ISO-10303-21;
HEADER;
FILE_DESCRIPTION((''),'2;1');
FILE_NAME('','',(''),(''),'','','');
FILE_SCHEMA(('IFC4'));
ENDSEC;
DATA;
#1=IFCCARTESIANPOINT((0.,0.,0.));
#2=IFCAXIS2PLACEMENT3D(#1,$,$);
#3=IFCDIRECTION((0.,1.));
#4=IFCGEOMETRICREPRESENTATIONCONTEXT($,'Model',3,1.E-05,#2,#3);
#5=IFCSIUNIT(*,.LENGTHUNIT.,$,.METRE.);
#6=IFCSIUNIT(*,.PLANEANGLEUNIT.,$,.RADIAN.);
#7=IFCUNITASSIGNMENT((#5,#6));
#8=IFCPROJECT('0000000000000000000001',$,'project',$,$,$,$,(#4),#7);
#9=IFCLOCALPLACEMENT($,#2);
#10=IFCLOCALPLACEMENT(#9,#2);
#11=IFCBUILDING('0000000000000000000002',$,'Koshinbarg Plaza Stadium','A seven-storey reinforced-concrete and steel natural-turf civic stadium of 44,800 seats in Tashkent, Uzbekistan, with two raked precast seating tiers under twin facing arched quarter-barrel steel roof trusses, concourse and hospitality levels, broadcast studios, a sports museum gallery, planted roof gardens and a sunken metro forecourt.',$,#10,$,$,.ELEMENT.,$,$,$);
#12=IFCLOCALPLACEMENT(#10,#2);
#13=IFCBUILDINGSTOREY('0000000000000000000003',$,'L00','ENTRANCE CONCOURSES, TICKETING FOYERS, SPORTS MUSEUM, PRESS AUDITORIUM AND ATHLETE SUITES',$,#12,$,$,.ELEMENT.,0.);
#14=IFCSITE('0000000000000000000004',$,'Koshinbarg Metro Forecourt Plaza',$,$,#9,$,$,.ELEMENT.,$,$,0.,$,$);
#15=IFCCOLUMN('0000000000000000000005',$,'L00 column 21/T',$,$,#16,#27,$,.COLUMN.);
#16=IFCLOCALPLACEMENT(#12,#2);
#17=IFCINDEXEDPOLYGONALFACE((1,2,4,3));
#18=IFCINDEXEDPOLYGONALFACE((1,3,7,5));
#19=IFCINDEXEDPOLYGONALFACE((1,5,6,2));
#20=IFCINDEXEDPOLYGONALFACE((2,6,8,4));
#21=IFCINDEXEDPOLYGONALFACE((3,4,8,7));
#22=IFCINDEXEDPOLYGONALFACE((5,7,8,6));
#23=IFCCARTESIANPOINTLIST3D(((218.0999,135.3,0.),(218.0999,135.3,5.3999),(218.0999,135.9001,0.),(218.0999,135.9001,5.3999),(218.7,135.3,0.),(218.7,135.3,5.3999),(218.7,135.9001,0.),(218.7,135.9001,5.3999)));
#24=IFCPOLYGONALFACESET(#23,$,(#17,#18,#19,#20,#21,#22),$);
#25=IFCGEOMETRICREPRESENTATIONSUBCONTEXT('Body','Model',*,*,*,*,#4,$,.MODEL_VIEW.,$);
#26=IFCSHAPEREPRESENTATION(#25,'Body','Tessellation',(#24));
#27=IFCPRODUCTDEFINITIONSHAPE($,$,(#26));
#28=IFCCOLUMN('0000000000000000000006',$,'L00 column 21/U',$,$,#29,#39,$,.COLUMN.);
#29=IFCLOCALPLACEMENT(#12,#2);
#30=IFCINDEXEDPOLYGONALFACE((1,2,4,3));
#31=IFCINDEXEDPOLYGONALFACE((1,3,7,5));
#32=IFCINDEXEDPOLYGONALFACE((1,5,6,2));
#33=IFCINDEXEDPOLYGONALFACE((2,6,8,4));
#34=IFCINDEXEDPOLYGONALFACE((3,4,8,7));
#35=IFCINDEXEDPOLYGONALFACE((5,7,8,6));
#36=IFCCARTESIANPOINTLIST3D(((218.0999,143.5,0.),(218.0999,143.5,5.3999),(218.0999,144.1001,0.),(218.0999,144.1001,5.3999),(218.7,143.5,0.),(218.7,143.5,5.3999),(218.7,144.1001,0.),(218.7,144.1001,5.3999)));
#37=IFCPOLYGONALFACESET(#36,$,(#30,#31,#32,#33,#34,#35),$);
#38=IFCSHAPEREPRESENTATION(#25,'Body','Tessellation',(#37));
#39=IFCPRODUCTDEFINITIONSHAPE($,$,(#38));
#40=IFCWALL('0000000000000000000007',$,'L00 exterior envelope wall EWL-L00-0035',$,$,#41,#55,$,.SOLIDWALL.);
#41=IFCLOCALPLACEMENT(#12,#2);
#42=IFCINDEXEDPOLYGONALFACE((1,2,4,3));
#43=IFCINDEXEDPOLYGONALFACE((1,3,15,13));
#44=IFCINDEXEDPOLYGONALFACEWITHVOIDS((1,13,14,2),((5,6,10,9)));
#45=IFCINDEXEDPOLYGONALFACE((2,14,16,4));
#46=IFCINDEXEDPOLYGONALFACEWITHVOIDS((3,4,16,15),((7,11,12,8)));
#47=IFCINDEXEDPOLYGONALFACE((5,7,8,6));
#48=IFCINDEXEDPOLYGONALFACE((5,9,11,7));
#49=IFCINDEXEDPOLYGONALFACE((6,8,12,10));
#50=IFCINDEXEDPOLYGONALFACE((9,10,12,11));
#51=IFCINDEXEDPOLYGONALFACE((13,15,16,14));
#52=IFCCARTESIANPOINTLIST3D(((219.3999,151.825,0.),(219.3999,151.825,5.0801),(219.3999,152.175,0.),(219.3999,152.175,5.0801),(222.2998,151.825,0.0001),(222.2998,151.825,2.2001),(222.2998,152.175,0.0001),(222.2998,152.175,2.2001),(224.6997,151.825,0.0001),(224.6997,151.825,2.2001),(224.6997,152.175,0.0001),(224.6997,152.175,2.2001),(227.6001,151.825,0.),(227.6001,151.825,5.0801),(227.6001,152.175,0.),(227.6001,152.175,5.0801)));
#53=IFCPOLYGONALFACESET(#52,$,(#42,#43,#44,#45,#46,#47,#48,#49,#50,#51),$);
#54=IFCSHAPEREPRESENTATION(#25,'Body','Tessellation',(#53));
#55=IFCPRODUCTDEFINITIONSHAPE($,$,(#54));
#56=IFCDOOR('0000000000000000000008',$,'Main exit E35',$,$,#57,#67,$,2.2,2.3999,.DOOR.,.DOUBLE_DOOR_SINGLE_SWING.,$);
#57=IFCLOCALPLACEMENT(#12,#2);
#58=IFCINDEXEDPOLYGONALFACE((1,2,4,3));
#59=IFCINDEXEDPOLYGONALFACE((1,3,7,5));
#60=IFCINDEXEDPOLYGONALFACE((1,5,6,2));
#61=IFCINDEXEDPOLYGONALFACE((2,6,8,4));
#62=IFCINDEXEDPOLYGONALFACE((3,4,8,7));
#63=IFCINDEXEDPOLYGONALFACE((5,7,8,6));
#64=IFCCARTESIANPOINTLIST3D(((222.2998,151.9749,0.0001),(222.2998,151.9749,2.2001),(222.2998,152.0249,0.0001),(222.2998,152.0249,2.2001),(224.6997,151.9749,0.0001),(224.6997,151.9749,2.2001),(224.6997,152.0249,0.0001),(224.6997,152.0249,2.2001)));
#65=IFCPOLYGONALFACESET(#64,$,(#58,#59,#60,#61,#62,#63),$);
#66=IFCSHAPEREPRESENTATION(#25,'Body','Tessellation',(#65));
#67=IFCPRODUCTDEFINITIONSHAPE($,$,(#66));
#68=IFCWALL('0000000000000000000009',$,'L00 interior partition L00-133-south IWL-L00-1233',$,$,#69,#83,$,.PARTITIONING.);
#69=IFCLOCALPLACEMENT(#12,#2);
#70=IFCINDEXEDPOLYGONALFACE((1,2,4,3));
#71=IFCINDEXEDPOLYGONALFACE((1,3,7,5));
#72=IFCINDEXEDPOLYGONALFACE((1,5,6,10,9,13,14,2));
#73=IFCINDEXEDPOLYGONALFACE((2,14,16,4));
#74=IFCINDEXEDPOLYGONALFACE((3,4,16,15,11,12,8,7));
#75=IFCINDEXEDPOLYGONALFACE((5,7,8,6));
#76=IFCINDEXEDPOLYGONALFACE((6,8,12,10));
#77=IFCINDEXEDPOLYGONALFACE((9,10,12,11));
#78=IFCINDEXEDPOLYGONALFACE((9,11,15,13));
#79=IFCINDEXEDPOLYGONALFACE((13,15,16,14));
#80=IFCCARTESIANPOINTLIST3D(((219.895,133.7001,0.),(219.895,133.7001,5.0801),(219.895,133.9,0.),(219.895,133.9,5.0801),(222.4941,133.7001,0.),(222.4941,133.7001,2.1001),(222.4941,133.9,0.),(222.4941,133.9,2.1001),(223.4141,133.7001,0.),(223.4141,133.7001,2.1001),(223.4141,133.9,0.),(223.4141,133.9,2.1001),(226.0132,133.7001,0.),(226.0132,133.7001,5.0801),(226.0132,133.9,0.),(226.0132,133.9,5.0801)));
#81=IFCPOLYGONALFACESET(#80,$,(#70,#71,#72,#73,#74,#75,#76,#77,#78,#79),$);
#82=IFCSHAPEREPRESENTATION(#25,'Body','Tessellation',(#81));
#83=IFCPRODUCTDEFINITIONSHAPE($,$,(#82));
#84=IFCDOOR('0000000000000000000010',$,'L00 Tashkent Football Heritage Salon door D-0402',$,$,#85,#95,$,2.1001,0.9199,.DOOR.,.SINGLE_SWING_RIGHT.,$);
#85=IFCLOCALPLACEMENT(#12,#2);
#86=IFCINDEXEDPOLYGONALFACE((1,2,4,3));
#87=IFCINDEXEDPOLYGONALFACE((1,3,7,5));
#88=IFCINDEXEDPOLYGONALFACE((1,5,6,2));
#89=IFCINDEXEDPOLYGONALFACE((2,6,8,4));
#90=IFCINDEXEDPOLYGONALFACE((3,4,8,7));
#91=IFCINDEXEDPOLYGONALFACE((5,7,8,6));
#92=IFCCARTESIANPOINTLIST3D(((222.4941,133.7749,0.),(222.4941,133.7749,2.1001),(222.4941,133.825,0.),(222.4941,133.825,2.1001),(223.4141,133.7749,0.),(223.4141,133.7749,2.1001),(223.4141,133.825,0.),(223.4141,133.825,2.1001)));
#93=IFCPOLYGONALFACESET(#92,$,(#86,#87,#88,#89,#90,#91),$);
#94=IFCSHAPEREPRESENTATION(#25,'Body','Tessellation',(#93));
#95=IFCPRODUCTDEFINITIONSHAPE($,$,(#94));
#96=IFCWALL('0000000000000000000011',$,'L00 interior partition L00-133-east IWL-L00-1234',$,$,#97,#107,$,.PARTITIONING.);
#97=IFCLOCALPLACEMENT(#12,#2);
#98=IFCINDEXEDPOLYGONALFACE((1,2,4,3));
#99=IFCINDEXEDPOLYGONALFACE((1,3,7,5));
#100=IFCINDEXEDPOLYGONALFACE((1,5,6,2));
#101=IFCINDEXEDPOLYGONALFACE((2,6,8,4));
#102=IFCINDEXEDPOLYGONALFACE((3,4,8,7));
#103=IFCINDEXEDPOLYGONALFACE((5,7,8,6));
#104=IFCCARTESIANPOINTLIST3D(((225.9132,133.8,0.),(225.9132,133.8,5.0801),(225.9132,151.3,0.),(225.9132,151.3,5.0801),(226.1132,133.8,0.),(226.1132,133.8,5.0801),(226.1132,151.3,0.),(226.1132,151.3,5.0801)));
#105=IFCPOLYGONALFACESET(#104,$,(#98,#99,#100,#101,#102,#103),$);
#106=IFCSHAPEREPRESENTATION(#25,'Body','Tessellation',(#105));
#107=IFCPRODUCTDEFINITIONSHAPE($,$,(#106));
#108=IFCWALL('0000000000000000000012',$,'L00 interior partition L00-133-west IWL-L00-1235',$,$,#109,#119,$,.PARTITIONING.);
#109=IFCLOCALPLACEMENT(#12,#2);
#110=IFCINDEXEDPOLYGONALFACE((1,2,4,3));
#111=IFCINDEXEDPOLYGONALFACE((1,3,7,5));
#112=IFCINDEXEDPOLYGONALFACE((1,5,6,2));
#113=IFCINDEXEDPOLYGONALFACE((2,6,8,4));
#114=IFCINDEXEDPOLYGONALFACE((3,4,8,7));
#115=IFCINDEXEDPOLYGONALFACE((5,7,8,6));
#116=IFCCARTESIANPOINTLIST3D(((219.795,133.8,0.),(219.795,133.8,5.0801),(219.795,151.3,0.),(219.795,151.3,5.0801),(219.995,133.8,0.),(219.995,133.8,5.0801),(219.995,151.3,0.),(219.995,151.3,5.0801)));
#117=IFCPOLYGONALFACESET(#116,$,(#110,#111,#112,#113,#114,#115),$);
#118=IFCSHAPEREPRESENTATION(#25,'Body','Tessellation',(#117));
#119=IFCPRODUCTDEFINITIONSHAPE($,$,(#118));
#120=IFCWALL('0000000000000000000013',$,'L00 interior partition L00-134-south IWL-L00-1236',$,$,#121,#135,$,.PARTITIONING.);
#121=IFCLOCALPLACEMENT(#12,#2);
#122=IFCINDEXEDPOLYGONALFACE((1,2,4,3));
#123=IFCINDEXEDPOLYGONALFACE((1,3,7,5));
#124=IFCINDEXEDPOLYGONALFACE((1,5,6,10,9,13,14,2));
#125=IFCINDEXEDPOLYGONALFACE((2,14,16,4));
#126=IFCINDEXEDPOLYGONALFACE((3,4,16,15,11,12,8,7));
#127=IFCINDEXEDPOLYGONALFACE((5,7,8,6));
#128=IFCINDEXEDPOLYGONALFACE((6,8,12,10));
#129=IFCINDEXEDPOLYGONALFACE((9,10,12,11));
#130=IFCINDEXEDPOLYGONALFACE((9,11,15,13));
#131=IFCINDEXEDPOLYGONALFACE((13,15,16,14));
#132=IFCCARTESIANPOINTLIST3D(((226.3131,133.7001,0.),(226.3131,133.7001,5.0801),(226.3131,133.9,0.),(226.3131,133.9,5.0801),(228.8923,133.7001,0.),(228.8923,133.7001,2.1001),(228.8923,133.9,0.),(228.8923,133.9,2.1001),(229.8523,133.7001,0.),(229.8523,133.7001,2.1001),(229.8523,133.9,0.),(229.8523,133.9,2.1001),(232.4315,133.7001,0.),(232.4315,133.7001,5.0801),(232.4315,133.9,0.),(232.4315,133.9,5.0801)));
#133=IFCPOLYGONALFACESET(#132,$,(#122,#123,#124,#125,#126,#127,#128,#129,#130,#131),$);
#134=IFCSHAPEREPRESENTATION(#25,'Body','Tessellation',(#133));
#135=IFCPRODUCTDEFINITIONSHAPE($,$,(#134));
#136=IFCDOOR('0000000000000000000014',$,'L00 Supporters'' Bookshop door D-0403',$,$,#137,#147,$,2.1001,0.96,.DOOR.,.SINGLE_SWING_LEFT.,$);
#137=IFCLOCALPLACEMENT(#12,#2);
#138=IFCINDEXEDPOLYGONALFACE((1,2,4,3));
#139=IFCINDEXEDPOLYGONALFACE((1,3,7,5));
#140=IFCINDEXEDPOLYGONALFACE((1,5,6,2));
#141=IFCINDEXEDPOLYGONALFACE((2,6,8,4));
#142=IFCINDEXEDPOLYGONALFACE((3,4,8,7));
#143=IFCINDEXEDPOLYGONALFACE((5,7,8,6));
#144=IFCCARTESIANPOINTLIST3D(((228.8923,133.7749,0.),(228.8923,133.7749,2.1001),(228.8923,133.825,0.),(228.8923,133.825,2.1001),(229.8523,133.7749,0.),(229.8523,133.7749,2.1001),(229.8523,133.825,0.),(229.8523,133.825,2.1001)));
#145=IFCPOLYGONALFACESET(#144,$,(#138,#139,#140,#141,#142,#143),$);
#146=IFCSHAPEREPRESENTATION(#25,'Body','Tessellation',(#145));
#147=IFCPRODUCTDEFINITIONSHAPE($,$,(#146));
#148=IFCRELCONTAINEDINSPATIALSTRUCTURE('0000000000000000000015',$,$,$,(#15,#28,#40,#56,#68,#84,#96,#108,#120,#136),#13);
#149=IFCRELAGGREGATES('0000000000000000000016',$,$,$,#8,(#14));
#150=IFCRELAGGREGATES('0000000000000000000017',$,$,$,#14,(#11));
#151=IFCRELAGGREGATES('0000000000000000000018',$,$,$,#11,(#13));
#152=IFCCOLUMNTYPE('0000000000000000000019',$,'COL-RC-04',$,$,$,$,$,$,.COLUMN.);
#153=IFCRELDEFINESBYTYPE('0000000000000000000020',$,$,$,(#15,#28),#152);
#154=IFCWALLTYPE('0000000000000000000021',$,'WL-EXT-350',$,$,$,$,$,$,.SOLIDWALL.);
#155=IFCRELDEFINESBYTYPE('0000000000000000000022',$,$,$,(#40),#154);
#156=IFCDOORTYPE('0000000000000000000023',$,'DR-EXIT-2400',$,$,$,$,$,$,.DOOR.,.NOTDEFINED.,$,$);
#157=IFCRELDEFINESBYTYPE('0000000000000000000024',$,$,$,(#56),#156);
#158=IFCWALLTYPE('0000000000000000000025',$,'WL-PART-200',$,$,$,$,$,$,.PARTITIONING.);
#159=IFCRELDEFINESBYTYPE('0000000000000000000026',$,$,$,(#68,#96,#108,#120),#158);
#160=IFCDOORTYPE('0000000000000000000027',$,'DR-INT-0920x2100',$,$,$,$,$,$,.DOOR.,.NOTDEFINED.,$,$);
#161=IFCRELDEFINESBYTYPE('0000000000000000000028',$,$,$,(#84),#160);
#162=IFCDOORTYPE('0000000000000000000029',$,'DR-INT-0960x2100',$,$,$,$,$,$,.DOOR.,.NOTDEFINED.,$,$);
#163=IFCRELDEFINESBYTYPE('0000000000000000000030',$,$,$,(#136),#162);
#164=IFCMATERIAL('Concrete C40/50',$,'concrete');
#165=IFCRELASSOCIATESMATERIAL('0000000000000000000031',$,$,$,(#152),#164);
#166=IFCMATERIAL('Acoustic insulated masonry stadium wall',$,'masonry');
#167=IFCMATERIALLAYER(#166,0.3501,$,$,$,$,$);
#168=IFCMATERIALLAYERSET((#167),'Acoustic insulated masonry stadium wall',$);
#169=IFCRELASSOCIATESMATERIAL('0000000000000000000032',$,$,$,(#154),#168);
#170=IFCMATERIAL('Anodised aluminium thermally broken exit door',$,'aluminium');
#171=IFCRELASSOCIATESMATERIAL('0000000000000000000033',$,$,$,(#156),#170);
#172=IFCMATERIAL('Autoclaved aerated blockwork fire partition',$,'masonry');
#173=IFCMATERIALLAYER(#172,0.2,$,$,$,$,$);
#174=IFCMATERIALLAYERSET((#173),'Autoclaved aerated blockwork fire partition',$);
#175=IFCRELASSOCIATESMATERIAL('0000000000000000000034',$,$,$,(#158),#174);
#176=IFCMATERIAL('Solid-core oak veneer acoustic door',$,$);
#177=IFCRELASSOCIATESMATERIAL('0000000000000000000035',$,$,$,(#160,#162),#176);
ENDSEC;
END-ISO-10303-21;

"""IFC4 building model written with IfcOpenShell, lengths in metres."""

from ifc_helpers import new_model, si_unit, direction, frame, frame_2d, origin, origin_2d, place, context, subcontext, project, spatial, rectangle, extrude, material, layer, layer_set, material_profile, profile_set, type_object, element, fill, save


model = new_model("IFC4")

# Units and contexts
model_context = context("Model", 3, precision=1e-05, world=origin(), true_north=direction((0.0, 1.0)))
body_context = subcontext(model_context, "Body", "Model", "MODEL_VIEW")
ifc_project = project(units=[si_unit("LENGTHUNIT", "METRE"), si_unit("PLANEANGLEUNIT", "RADIAN")], contexts=[model_context])

# Site, building, storey
site_placement = place(None, origin())
site = spatial("IfcSite", under=ifc_project, at=site_placement, Name="Koshinbarg Metro Forecourt Plaza", CompositionType="ELEMENT", RefElevation=0.0)
building_placement = place(site_placement, origin())
building = spatial("IfcBuilding", under=site, at=building_placement, Name="Koshinbarg Plaza Stadium", Description="A seven-storey reinforced-concrete and steel natural-turf civic stadium of 44,800 seats in Tashkent, Uzbekistan, with two raked precast seating tiers under twin facing arched quarter-barrel steel roof trusses, concourse and hospitality levels, broadcast studios, a sports museum gallery, planted roof gardens and a sunken metro forecourt.", CompositionType="ELEMENT")
storey_placement = place(building_placement, origin())
storey = spatial("IfcBuildingStorey", under=building, at=storey_placement, Name="L00", Description="ENTRANCE CONCOURSES, TICKETING FOYERS, SPORTS MUSEUM, PRESS AUDITORIUM AND ATHLETE SUITES", CompositionType="ELEMENT", Elevation=0.0)

# Columns
ifc_material_1 = material(Name="Concrete C40/50", Category="concrete")
ifc_material_profile_1 = material_profile(ifc_material_1, rectangle(XDim=0.6001, YDim=0.6001, at=origin_2d()), Name="RC 600x600")
ifc_profile_set_1 = profile_set([ifc_material_profile_1], Name="Concrete C40/50")
column_type_1 = type_object("IfcColumnType", Name="COL-RC-04", PredefinedType="COLUMN", material=ifc_profile_set_1)
for number, where, z_axis, x_axis, name in (
    (1, (218.3999, 135.6001, 0.0), (0.0, 0.0, 1.0), (1.0, 0.0, 0.0), "L00 column 21/T"),
    (2, (218.3999, 143.8, 0.0), (0.0, 0.0, 1.0), (1.0, 0.0, 0.0), "L00 column 21/U"),
):
    element("IfcColumn", number, at=place(storey_placement, frame(where, z_axis=z_axis, x_axis=x_axis)), inside=storey, type_object=column_type_1, Name=name, PredefinedType="COLUMN", context=body_context, shape_type="SweptSolid", body=[
        extrude(rectangle(XDim=0.6001, YDim=0.6001, at=origin_2d()), origin(), (0.0, 0.0, 1.0), 5.3999),
    ])

# Walls, openings, doors
ifc_material_2 = material(Name="Acoustic insulated masonry stadium wall", Category="masonry")
ifc_layer_1 = layer(ifc_material_2, 0.3501)
ifc_layer_set_1 = layer_set([ifc_layer_1], Name="Acoustic insulated masonry stadium wall")
wall_type_1 = type_object("IfcWallType", Name="WL-EXT-350", PredefinedType="SOLIDWALL", material=ifc_layer_set_1)
wall_1_placement = place(storey_placement, frame((219.3999, 152.0, 0.0), z_axis=(0.0, 0.0, 1.0), x_axis=(1.0, 0.0, 0.0)))
wall_1 = element("IfcWall", 3, at=wall_1_placement, inside=storey, type_object=wall_type_1, Name="L00 exterior envelope wall EWL-L00-0035", PredefinedType="SOLIDWALL", context=body_context, shape_type="SweptSolid", body=[
    extrude(rectangle(XDim=8.2002, YDim=0.3501, at=frame_2d((4.1001, 0.0))), origin(), (0.0, 0.0, 1.0), 5.0801),
])
opening_1_placement = place(wall_1_placement, frame((2.8999, 0.0, 0.0)))
opening_1 = element("IfcOpeningElement", 4, at=opening_1_placement, cuts=wall_1, PredefinedType="OPENING", context=body_context, shape_type="SweptSolid", body=[
    extrude(rectangle(XDim=2.3999, YDim=2.2, at=frame_2d((1.2, 1.1001))), frame((0.0, 0.1851, 0.0), z_axis=(0.0, -1.0, 0.0), x_axis=(1.0, 0.0, 0.0)), (0.0, 0.0, 1.0), 0.3701),
])
ifc_material_3 = material(Name="Anodised aluminium thermally broken exit door", Category="aluminium")
door_type_1 = type_object("IfcDoorType", Name="DR-EXIT-2400", OperationType="NOTDEFINED", PredefinedType="DOOR", material=ifc_material_3)
door_1_placement = place(opening_1_placement, origin())
door_1 = element("IfcDoor", 5, at=door_1_placement, inside=storey, type_object=door_type_1, Name="Main exit E35", OperationType="DOUBLE_DOOR_SINGLE_SWING", OverallHeight=2.2, OverallWidth=2.3999, PredefinedType="DOOR", context=body_context, shape_type="SweptSolid", body=[
    extrude(rectangle(XDim=2.3999, YDim=2.2, at=frame_2d((1.2, 1.1001))), frame((0.0, 0.0249, 0.0), z_axis=(0.0, -1.0, 0.0), x_axis=(1.0, 0.0, 0.0)), (0.0, 0.0, 1.0), 0.05),
])
fill(opening_1, door_1)
ifc_material_4 = material(Name="Autoclaved aerated blockwork fire partition", Category="masonry")
ifc_layer_2 = layer(ifc_material_4, 0.2)
ifc_layer_set_2 = layer_set([ifc_layer_2], Name="Autoclaved aerated blockwork fire partition")
wall_type_2 = type_object("IfcWallType", Name="WL-PART-200", PredefinedType="PARTITIONING", material=ifc_layer_set_2)
wall_2_placement = place(storey_placement, frame((219.895, 133.8, 0.0), z_axis=(0.0, 0.0, 1.0), x_axis=(1.0, 0.0, 0.0)))
wall_2 = element("IfcWall", 6, at=wall_2_placement, inside=storey, type_object=wall_type_2, Name="L00 interior partition L00-133-south IWL-L00-1233", PredefinedType="PARTITIONING", context=body_context, shape_type="SweptSolid", body=[
    extrude(rectangle(XDim=6.1182, YDim=0.2, at=frame_2d((3.0591, 0.0))), origin(), (0.0, 0.0, 1.0), 5.0801),
])
opening_2_placement = place(wall_2_placement, frame((2.5991, 0.0, 0.0)))
opening_2 = element("IfcOpeningElement", 7, at=opening_2_placement, cuts=wall_2, PredefinedType="OPENING", context=body_context, shape_type="SweptSolid", body=[
    extrude(rectangle(XDim=0.9199, YDim=2.1001, at=frame_2d((0.46, 1.05))), frame((0.0, 0.1099, 0.0), z_axis=(0.0, -1.0, 0.0), x_axis=(1.0, 0.0, 0.0)), (0.0, 0.0, 1.0), 0.22),
])
ifc_material_5 = material(Name="Solid-core oak veneer acoustic door")
door_type_2 = type_object("IfcDoorType", Name="DR-INT-0920x2100", OperationType="NOTDEFINED", PredefinedType="DOOR", material=ifc_material_5)
door_2_placement = place(opening_2_placement, origin())
door_2 = element("IfcDoor", 8, at=door_2_placement, inside=storey, type_object=door_type_2, Name="L00 Tashkent Football Heritage Salon door D-0402", OperationType="SINGLE_SWING_RIGHT", OverallHeight=2.1001, OverallWidth=0.9199, PredefinedType="DOOR", context=body_context, shape_type="SweptSolid", body=[
    extrude(rectangle(XDim=0.9199, YDim=2.1001, at=frame_2d((0.46, 1.05))), frame((0.0, 0.0249, 0.0), z_axis=(0.0, -1.0, 0.0), x_axis=(1.0, 0.0, 0.0)), (0.0, 0.0, 1.0), 0.05),
])
fill(opening_2, door_2)

# Walls
for number, where, z_axis, x_axis, name in (
    (9, (226.0132, 133.8, 0.0), (0.0, 0.0, 1.0), (0.0, 1.0, 0.0), "L00 interior partition L00-133-east IWL-L00-1234"),
    (10, (219.895, 151.3, 0.0), (0.0, 0.0, 1.0), (0.0, -1.0, 0.0), "L00 interior partition L00-133-west IWL-L00-1235"),
):
    element("IfcWall", number, at=place(storey_placement, frame(where, z_axis=z_axis, x_axis=x_axis)), inside=storey, type_object=wall_type_2, Name=name, PredefinedType="PARTITIONING", context=body_context, shape_type="SweptSolid", body=[
        extrude(rectangle(XDim=17.5, YDim=0.2, at=frame_2d((8.75, 0.0))), origin(), (0.0, 0.0, 1.0), 5.0801),
    ])

# Wall, opening, door
wall_3_placement = place(storey_placement, frame((226.3132, 133.8, 0.0), z_axis=(0.0, 0.0, 1.0), x_axis=(1.0, 0.0, 0.0)))
wall_3 = element("IfcWall", 11, at=wall_3_placement, inside=storey, type_object=wall_type_2, Name="L00 interior partition L00-134-south IWL-L00-1236", PredefinedType="PARTITIONING", context=body_context, shape_type="SweptSolid", body=[
    extrude(rectangle(XDim=6.1184, YDim=0.2, at=frame_2d((3.0591, 0.0))), origin(), (0.0, 0.0, 1.0), 5.0801),
])
opening_3_placement = place(wall_3_placement, frame((2.5791, 0.0, 0.0)))
opening_3 = element("IfcOpeningElement", 12, at=opening_3_placement, cuts=wall_3, PredefinedType="OPENING", context=body_context, shape_type="SweptSolid", body=[
    extrude(rectangle(XDim=0.96, YDim=2.1001, at=frame_2d((0.48, 1.05))), frame((0.0, 0.1099, 0.0), z_axis=(0.0, -1.0, 0.0), x_axis=(1.0, 0.0, 0.0)), (0.0, 0.0, 1.0), 0.22),
])
door_type_3 = type_object("IfcDoorType", Name="DR-INT-0960x2100", OperationType="NOTDEFINED", PredefinedType="DOOR", material=ifc_material_5)
door_3_placement = place(opening_3_placement, origin())
door_3 = element("IfcDoor", 13, at=door_3_placement, inside=storey, type_object=door_type_3, Name="L00 Supporters' Bookshop door D-0403", OperationType="SINGLE_SWING_LEFT", OverallHeight=2.1001, OverallWidth=0.96, PredefinedType="DOOR", context=body_context, shape_type="SweptSolid", body=[
    extrude(rectangle(XDim=0.96, YDim=2.1001, at=frame_2d((0.48, 1.05))), frame((0.0, 0.0249, 0.0), z_axis=(0.0, -1.0, 0.0), x_axis=(1.0, 0.0, 0.0)), (0.0, 0.0, 1.0), 0.05),
])
fill(opening_3, door_3)

save(model, "model.ifc")
